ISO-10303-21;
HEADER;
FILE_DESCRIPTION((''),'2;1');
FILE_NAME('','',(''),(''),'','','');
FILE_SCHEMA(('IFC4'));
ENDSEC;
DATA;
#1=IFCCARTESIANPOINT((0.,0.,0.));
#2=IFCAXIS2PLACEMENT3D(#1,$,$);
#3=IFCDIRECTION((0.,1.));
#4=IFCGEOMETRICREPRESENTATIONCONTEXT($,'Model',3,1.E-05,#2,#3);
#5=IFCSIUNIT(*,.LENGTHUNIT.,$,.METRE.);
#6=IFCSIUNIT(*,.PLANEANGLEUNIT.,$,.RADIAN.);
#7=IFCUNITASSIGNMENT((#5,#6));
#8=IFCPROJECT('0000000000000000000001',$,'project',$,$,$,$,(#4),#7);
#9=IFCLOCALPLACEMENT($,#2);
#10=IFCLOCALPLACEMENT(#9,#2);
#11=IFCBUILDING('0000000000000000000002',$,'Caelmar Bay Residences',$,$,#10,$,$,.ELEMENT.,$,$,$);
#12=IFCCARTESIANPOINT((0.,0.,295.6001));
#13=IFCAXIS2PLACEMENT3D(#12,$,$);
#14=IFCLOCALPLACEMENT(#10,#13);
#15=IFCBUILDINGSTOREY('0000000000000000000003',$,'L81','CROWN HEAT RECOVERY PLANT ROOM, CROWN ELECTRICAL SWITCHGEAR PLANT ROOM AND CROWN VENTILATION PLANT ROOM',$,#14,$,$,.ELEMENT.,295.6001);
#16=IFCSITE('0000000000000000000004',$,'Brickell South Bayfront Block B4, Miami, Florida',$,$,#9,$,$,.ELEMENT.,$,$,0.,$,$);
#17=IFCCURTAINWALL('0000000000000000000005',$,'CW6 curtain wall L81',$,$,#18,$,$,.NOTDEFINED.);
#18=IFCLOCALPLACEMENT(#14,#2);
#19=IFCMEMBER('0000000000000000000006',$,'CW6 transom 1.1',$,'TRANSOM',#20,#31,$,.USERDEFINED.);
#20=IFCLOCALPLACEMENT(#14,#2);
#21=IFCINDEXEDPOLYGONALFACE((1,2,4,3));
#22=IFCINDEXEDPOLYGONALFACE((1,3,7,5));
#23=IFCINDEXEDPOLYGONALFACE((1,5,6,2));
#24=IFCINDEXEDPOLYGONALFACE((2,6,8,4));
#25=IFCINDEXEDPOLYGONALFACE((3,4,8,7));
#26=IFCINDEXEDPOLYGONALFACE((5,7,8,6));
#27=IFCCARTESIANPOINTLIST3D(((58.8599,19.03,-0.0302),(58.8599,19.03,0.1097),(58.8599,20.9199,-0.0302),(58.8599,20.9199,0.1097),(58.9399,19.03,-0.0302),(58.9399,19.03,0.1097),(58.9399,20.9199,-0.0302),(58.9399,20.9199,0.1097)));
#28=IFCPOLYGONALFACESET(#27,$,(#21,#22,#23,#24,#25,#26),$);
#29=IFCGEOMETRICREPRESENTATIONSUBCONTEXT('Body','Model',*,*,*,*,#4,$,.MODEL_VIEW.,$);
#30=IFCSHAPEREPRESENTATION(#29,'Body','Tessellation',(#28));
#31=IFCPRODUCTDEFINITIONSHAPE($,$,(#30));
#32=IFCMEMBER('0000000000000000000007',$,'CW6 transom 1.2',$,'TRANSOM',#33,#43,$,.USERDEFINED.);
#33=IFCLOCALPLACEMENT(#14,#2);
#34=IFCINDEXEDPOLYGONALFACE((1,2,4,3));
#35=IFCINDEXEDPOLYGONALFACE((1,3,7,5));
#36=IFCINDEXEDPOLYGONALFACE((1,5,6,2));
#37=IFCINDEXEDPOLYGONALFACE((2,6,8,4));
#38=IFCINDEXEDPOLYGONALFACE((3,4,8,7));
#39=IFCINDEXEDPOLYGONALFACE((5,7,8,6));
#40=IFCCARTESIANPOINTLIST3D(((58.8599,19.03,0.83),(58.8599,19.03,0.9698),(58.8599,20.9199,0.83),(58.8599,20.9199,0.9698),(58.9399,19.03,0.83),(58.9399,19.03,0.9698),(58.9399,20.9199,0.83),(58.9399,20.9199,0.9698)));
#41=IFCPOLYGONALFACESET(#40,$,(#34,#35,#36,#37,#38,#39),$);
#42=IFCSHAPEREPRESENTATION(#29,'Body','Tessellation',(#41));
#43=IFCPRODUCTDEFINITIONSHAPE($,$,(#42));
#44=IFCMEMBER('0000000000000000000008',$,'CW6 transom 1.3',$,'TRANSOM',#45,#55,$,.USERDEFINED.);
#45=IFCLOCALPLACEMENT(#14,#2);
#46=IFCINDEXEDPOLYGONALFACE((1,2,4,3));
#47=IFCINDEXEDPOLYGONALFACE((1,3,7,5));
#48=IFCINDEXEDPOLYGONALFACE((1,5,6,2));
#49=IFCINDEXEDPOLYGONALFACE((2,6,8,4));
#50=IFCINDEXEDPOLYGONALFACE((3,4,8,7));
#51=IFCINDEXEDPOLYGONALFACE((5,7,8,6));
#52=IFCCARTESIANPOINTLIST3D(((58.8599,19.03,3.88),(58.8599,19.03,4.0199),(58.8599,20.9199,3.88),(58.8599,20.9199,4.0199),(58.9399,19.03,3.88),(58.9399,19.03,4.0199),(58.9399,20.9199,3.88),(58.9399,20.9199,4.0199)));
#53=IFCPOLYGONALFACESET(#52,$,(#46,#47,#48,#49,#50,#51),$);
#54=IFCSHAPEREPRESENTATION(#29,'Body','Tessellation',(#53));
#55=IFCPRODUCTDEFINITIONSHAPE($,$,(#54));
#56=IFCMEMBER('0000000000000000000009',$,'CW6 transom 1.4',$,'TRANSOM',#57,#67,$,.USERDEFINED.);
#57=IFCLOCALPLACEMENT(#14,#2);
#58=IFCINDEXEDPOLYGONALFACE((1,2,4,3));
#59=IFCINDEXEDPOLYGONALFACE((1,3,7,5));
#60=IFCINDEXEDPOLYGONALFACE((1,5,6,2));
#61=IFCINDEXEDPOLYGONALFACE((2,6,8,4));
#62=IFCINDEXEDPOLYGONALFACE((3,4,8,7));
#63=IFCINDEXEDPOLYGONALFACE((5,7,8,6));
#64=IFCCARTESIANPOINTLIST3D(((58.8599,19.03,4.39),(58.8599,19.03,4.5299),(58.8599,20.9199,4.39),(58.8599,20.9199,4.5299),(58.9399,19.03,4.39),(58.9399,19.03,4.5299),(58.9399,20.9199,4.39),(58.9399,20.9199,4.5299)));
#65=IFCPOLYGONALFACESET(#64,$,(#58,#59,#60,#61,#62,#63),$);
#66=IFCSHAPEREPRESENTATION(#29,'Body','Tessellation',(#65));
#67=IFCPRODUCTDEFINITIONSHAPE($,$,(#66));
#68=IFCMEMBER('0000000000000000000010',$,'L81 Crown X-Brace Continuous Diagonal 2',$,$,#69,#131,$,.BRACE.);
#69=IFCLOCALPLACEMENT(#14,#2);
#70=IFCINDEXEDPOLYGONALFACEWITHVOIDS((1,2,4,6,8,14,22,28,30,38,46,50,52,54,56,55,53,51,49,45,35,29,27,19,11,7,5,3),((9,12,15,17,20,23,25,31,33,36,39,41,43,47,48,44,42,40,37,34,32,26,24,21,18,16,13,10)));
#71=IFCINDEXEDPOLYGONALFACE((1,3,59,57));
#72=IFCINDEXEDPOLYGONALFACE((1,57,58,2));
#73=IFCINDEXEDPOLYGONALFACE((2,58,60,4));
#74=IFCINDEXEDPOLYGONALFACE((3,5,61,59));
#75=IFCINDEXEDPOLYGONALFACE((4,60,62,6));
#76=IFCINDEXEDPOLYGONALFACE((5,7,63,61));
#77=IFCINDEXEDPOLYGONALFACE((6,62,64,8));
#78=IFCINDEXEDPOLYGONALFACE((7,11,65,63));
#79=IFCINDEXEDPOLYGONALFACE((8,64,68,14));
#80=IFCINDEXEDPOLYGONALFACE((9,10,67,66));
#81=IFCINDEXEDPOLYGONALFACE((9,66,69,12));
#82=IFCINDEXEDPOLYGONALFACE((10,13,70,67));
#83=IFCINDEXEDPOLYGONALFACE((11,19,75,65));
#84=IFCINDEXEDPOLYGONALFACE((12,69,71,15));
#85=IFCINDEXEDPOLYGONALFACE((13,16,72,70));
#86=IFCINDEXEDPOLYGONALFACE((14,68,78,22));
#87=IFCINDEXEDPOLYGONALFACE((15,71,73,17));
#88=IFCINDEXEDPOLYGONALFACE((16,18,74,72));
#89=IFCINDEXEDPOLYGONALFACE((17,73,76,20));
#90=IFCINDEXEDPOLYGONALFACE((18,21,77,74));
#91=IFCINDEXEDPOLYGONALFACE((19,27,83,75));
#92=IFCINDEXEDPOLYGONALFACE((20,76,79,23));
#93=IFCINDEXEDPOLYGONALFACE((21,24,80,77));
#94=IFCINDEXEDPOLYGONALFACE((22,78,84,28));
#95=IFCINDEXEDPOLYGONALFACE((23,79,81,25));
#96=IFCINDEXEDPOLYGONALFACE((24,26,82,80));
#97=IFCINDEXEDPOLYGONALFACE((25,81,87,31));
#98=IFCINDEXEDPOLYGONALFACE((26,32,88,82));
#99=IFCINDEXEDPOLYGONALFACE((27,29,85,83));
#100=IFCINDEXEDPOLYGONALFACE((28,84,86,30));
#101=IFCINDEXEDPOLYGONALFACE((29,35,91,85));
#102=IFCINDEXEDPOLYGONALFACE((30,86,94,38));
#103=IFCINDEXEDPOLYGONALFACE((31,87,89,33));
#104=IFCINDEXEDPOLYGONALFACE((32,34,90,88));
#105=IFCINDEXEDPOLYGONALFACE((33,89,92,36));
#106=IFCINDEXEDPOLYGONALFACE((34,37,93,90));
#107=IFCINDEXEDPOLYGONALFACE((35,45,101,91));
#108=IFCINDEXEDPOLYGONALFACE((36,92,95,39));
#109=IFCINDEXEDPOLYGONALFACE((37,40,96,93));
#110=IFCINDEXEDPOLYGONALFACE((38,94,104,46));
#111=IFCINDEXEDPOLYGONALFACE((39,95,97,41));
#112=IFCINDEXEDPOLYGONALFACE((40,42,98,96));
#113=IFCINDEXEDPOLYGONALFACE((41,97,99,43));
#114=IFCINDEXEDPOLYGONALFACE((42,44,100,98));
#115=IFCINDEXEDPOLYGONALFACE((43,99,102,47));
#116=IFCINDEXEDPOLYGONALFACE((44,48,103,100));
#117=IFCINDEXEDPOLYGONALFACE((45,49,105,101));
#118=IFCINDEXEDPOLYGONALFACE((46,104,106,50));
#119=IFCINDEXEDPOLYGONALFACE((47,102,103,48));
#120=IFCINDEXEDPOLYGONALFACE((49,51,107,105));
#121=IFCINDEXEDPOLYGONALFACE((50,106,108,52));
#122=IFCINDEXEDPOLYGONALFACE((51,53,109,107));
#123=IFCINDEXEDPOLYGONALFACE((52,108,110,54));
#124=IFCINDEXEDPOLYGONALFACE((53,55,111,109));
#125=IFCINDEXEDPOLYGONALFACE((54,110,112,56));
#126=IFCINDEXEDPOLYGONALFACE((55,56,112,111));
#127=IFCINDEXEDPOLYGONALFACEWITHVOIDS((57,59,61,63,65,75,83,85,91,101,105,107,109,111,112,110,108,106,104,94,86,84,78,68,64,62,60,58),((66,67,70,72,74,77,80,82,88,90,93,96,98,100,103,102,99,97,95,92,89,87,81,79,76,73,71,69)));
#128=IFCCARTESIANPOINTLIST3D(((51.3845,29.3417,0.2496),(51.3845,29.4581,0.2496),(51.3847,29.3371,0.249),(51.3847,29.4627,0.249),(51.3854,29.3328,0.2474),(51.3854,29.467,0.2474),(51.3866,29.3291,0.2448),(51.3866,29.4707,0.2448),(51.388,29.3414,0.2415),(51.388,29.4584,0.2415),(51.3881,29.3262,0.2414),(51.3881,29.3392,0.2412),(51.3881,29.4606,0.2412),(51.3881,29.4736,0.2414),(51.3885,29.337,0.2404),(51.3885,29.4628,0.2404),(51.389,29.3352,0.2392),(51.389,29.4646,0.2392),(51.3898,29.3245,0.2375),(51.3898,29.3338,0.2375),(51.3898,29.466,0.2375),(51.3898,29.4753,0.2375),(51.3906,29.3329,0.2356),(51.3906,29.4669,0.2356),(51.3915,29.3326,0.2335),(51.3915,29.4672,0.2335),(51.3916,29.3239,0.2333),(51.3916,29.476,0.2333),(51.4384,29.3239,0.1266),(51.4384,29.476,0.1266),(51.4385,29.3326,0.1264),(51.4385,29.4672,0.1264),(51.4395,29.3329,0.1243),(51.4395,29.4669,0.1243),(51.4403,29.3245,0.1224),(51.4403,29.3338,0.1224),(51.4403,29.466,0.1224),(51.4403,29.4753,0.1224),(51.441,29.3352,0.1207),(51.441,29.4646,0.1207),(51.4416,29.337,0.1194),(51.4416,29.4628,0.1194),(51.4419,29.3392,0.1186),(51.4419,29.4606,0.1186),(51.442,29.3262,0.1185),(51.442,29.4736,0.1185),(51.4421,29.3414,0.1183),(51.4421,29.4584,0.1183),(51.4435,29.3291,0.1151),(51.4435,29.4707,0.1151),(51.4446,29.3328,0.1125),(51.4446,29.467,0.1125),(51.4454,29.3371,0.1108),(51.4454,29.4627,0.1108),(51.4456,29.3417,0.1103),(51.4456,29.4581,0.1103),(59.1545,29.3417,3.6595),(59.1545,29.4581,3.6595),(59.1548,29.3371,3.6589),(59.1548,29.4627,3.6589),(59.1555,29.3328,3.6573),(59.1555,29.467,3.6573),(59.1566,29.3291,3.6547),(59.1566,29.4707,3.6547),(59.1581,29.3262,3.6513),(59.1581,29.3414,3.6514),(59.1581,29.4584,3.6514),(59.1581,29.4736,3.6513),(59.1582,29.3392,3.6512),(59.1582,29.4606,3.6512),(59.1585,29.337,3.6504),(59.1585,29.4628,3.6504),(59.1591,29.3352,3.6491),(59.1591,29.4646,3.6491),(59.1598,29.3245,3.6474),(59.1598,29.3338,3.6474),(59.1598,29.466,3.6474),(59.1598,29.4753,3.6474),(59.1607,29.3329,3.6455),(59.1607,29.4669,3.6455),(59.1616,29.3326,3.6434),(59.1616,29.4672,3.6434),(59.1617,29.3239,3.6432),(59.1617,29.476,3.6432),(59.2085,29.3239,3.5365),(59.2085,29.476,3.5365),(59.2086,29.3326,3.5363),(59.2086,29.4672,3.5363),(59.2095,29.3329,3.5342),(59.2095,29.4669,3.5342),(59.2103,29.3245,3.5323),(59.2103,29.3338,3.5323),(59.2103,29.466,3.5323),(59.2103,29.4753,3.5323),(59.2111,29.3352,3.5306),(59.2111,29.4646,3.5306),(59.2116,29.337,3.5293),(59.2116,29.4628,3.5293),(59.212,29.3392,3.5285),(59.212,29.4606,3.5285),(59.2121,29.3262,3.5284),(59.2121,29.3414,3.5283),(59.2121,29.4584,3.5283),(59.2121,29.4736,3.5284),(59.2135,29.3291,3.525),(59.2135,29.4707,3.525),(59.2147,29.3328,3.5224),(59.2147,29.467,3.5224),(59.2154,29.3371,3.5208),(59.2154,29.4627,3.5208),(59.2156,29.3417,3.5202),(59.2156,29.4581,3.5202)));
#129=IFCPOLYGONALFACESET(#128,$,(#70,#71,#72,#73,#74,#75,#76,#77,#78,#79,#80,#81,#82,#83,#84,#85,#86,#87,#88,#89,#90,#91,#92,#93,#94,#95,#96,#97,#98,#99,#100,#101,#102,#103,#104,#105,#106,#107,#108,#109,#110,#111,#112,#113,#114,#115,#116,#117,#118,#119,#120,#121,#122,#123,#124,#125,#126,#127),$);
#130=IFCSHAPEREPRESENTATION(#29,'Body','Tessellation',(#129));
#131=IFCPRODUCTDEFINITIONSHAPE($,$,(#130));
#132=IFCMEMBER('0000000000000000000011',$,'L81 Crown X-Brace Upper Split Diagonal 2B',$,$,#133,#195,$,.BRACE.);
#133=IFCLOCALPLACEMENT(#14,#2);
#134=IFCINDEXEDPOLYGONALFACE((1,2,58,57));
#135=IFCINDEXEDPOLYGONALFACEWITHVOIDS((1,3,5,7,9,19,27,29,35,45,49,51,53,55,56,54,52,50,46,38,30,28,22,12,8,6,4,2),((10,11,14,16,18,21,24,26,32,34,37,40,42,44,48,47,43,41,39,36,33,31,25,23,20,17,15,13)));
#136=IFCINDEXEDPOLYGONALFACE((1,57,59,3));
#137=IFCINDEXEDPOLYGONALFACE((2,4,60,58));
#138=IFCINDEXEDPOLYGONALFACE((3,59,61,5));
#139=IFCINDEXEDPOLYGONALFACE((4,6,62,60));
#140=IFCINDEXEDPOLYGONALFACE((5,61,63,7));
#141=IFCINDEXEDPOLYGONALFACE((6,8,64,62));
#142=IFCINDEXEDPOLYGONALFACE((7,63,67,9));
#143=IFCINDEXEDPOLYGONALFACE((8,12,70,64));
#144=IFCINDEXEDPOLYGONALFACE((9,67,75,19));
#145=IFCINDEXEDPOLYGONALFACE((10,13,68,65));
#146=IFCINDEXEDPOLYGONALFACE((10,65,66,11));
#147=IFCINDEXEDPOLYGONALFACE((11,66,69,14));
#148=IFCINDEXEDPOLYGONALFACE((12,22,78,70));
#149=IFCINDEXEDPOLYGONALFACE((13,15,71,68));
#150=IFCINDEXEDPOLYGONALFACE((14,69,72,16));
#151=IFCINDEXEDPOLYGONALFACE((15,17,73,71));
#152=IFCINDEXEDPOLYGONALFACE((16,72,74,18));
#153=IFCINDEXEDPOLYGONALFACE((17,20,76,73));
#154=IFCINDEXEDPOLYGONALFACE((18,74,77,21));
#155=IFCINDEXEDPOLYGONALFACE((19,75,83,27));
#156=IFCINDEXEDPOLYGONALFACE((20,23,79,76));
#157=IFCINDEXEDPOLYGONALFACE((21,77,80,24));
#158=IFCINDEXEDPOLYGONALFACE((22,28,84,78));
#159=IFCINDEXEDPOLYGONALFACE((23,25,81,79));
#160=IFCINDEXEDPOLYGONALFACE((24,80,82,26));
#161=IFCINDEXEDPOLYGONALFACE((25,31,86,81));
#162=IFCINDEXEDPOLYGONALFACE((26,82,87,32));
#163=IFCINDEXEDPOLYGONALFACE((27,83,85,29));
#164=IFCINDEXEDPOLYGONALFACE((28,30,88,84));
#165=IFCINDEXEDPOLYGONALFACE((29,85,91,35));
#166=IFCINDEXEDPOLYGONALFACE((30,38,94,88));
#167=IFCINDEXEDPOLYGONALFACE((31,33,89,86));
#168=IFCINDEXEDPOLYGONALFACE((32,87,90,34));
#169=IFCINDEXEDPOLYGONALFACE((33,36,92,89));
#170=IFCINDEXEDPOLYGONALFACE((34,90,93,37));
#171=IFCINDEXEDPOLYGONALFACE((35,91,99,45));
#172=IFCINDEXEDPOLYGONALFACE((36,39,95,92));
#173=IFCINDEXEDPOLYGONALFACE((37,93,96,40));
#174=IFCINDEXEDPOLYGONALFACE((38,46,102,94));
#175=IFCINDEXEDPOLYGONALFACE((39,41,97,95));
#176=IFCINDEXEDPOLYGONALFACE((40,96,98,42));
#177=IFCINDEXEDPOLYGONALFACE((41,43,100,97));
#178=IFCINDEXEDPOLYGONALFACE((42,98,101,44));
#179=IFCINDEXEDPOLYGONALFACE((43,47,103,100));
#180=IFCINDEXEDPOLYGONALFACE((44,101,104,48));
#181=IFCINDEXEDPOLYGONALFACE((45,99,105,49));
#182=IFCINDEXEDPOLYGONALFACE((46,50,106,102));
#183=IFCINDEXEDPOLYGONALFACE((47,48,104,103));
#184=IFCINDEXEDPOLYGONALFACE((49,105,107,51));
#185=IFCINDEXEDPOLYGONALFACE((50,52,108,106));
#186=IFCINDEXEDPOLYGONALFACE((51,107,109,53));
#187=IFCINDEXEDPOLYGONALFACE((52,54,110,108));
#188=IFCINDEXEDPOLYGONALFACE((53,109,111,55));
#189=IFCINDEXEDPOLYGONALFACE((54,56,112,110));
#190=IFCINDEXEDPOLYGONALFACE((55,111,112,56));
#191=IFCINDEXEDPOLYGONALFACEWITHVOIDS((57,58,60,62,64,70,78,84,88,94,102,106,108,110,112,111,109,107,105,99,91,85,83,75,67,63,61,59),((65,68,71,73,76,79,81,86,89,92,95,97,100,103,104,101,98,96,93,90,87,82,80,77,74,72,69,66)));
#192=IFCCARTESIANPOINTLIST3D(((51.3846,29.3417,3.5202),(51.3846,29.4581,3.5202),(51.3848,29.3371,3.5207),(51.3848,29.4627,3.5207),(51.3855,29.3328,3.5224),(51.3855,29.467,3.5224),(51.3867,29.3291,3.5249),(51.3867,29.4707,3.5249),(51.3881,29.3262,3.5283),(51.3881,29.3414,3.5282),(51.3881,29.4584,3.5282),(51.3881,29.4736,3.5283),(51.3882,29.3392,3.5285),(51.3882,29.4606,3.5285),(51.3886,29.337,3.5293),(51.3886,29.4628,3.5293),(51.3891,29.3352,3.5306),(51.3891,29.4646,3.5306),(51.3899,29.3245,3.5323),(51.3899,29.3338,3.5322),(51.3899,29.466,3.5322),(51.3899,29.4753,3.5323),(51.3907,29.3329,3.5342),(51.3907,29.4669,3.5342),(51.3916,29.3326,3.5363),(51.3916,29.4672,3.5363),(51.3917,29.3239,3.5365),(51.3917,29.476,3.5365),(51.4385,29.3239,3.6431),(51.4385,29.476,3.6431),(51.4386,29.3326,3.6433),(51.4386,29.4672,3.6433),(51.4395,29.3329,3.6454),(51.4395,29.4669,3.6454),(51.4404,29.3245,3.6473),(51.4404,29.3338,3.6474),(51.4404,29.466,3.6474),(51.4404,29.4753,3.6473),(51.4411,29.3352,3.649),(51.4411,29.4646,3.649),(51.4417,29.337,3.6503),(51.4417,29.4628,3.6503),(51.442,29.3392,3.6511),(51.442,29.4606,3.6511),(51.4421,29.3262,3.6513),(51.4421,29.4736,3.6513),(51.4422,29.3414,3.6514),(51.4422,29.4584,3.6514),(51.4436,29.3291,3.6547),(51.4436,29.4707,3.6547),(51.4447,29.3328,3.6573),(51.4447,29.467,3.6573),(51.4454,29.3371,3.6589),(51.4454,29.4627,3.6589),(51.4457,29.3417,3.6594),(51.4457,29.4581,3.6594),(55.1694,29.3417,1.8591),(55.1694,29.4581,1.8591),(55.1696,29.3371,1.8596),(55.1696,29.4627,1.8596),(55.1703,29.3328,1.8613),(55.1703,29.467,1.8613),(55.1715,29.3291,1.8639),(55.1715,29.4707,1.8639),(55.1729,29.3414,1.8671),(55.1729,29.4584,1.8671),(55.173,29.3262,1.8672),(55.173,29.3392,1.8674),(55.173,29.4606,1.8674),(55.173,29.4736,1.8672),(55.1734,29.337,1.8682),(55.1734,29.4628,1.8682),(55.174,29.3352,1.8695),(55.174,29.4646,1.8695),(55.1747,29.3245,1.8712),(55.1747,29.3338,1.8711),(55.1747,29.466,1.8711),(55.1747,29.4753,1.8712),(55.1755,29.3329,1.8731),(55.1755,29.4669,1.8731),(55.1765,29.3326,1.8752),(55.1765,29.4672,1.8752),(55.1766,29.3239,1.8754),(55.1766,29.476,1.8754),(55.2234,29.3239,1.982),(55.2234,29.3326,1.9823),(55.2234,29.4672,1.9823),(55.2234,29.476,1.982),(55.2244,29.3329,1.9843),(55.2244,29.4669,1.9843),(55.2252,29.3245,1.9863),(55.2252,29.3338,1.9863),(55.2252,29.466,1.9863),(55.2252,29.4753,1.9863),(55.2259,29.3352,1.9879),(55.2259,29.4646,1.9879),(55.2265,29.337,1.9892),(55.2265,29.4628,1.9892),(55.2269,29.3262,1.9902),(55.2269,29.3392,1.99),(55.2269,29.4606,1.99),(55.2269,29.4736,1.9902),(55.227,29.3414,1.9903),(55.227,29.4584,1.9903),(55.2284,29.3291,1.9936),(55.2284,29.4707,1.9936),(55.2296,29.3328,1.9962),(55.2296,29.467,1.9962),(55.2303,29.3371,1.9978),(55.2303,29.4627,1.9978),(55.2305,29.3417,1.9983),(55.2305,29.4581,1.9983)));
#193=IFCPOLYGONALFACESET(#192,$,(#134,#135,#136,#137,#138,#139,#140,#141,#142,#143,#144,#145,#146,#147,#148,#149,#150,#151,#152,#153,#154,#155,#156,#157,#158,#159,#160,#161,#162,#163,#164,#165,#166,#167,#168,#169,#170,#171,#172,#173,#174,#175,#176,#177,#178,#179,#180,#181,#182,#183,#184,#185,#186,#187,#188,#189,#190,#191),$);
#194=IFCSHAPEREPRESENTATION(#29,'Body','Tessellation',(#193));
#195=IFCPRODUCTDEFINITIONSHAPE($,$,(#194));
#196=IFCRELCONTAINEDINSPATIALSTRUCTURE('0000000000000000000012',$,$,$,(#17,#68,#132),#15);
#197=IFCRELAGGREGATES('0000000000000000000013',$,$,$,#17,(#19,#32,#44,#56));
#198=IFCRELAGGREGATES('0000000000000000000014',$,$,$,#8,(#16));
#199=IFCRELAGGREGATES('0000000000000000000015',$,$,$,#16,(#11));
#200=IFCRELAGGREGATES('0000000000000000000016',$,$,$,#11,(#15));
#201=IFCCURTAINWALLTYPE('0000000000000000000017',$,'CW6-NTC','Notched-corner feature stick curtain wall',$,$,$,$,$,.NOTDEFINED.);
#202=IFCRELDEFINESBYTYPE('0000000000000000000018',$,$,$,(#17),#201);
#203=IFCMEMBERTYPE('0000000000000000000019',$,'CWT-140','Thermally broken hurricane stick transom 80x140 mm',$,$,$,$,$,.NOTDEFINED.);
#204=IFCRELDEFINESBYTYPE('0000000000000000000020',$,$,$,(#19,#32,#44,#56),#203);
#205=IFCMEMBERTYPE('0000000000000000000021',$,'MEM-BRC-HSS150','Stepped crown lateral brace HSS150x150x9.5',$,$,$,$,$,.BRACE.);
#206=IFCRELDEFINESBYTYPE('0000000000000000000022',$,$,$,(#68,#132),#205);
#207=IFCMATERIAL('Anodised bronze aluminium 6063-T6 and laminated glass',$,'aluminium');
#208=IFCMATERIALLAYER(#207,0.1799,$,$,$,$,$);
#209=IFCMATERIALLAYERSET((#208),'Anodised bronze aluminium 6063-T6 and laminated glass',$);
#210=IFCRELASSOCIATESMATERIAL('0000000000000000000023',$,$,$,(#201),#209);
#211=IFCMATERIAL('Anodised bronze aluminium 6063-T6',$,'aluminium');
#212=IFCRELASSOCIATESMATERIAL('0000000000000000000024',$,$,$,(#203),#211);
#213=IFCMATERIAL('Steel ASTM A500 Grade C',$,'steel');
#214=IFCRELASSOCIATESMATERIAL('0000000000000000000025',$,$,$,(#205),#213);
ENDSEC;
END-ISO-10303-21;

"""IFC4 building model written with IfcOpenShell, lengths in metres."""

from ifc_helpers import new_model, si_unit, direction, frame, origin, origin_2d, place, context, subcontext, project, spatial, rectangle, hollow_rectangle, extrude, material, layer, layer_set, material_profile, profile_set, type_object, element, aggregate, save


model = new_model("IFC4")

# Units and contexts
model_context = context("Model", 3, precision=1e-05, world=origin(), true_north=direction((0.0, 1.0)))
body_context = subcontext(model_context, "Body", "Model", "MODEL_VIEW")
ifc_project = project(units=[si_unit("LENGTHUNIT", "METRE"), si_unit("PLANEANGLEUNIT", "RADIAN")], contexts=[model_context])

# Site, building, storey
site_placement = place(None, origin())
site = spatial("IfcSite", under=ifc_project, at=site_placement, Name="Brickell South Bayfront Block B4, Miami, Florida", CompositionType="ELEMENT", RefElevation=0.0)
building_placement = place(site_placement, origin())
building = spatial("IfcBuilding", under=site, at=building_placement, Name="Caelmar Bay Residences", CompositionType="ELEMENT")
storey_placement = place(building_placement, frame((0.0, 0.0, 295.6001)))
storey = spatial("IfcBuildingStorey", under=building, at=storey_placement, Name="L81", Description="CROWN HEAT RECOVERY PLANT ROOM, CROWN ELECTRICAL SWITCHGEAR PLANT ROOM AND CROWN VENTILATION PLANT ROOM", CompositionType="ELEMENT", Elevation=295.6001)

# Curtain wall, members
ifc_material_1 = material(Name="Anodised bronze aluminium 6063-T6 and laminated glass", Category="aluminium")
ifc_layer_1 = layer(ifc_material_1, 0.1799)
ifc_layer_set_1 = layer_set([ifc_layer_1], Name="Anodised bronze aluminium 6063-T6 and laminated glass")
curtain_wall_type = type_object("IfcCurtainWallType", Name="CW6-NTC", Description="Notched-corner feature stick curtain wall", PredefinedType="NOTDEFINED", material=ifc_layer_set_1)
curtain_wall_placement = place(storey_placement, origin())
curtain_wall = element("IfcCurtainWall", 1, at=curtain_wall_placement, inside=storey, type_object=curtain_wall_type, Name="CW6 curtain wall L81", PredefinedType="NOTDEFINED")
ifc_material_2 = material(Name="Anodised bronze aluminium 6063-T6", Category="aluminium")
ifc_material_profile_1 = material_profile(ifc_material_2, rectangle(XDim=0.0801, YDim=0.1399, at=origin_2d()), Name="CWT-80X140")
ifc_profile_set_1 = profile_set([ifc_material_profile_1], Name="Anodised bronze aluminium 6063-T6")
member_type_1 = type_object("IfcMemberType", Name="CWT-140", Description="Thermally broken hurricane stick transom 80x140 mm", PredefinedType="NOTDEFINED", material=ifc_profile_set_1)
member_1_placement = place(storey_placement, frame((58.8999, 19.03, 0.0398), z_axis=(0.0, 1.0, 0.0), x_axis=(-1.0, 0.0, 0.0)))
member_1 = element("IfcMember", 2, at=member_1_placement, type_object=member_type_1, Name="CW6 transom 1.1", ObjectType="TRANSOM", PredefinedType="USERDEFINED", context=body_context, shape_type="SweptSolid", body=[
    extrude(rectangle(XDim=0.0801, YDim=0.1399, at=origin_2d()), origin(), (0.0, 0.0, 1.0), 1.8899),
])
member_2_placement = place(storey_placement, frame((58.8999, 19.03, 0.8999), z_axis=(0.0, 1.0, 0.0), x_axis=(-1.0, 0.0, 0.0)))
member_2 = element("IfcMember", 3, at=member_2_placement, type_object=member_type_1, Name="CW6 transom 1.2", ObjectType="TRANSOM", PredefinedType="USERDEFINED", context=body_context, shape_type="SweptSolid", body=[
    extrude(rectangle(XDim=0.0801, YDim=0.1399, at=origin_2d()), origin(), (0.0, 0.0, 1.0), 1.8899),
])
member_3_placement = place(storey_placement, frame((58.8999, 19.03, 3.95), z_axis=(0.0, 1.0, 0.0), x_axis=(-1.0, 0.0, 0.0)))
member_3 = element("IfcMember", 4, at=member_3_placement, type_object=member_type_1, Name="CW6 transom 1.3", ObjectType="TRANSOM", PredefinedType="USERDEFINED", context=body_context, shape_type="SweptSolid", body=[
    extrude(rectangle(XDim=0.0801, YDim=0.1399, at=origin_2d()), origin(), (0.0, 0.0, 1.0), 1.8899),
])
member_4_placement = place(storey_placement, frame((58.8999, 19.03, 4.46), z_axis=(0.0, 1.0, 0.0), x_axis=(-1.0, 0.0, 0.0)))
member_4 = element("IfcMember", 5, at=member_4_placement, type_object=member_type_1, Name="CW6 transom 1.4", ObjectType="TRANSOM", PredefinedType="USERDEFINED", context=body_context, shape_type="SweptSolid", body=[
    extrude(rectangle(XDim=0.0801, YDim=0.1399, at=origin_2d()), origin(), (0.0, 0.0, 1.0), 1.8899),
])

# Members
ifc_material_3 = material(Name="Steel ASTM A500 Grade C", Category="steel")
ifc_material_profile_2 = material_profile(ifc_material_3, hollow_rectangle(XDim=0.1521, YDim=0.1521, WallThickness=0.0088, InnerFilletRadius=0.0088, OuterFilletRadius=0.0178, at=origin_2d()), Name="HSS150X150X9.5")
ifc_profile_set_2 = profile_set([ifc_material_profile_2], Name="Steel ASTM A500 Grade C")
member_type_2 = type_object("IfcMemberType", Name="MEM-BRC-HSS150", Description="Stepped crown lateral brace HSS150x150x9.5", PredefinedType="BRACE", material=ifc_profile_set_2)
member_5_placement = place(storey_placement, frame((51.415, 29.3999, 0.1799), z_axis=(0.915701, 0.0, 0.40186), x_axis=(0.0, 1.0, 0.0)))
element("IfcMember", 6, at=member_5_placement, inside=storey, type_object=member_type_2, Name="L81 Crown X-Brace Continuous Diagonal 2", PredefinedType="BRACE", context=body_context, shape_type="SweptSolid", body=[
    extrude(hollow_rectangle(XDim=0.1521, YDim=0.1521, WallThickness=0.0088, InnerFilletRadius=0.0088, OuterFilletRadius=0.0178, at=origin_2d()), origin(), (0.0, 0.0, 1.0), 8.4854),
])
member_6_placement = place(storey_placement, frame((55.2, 29.3999, 1.9287), z_axis=(-0.915692, 0.0, 0.401881), x_axis=(0.0, -1.0, 0.0)))
element("IfcMember", 7, at=member_6_placement, inside=storey, type_object=member_type_2, Name="L81 Crown X-Brace Upper Split Diagonal 2B", PredefinedType="BRACE", context=body_context, shape_type="SweptSolid", body=[
    extrude(hollow_rectangle(XDim=0.1521, YDim=0.1521, WallThickness=0.0088, InnerFilletRadius=0.0088, OuterFilletRadius=0.0178, at=origin_2d()), origin(), (0.0, 0.0, 1.0), 4.1333),
])

aggregate(curtain_wall, [member_1, member_2, member_3, member_4])

save(model, "model.ifc")
